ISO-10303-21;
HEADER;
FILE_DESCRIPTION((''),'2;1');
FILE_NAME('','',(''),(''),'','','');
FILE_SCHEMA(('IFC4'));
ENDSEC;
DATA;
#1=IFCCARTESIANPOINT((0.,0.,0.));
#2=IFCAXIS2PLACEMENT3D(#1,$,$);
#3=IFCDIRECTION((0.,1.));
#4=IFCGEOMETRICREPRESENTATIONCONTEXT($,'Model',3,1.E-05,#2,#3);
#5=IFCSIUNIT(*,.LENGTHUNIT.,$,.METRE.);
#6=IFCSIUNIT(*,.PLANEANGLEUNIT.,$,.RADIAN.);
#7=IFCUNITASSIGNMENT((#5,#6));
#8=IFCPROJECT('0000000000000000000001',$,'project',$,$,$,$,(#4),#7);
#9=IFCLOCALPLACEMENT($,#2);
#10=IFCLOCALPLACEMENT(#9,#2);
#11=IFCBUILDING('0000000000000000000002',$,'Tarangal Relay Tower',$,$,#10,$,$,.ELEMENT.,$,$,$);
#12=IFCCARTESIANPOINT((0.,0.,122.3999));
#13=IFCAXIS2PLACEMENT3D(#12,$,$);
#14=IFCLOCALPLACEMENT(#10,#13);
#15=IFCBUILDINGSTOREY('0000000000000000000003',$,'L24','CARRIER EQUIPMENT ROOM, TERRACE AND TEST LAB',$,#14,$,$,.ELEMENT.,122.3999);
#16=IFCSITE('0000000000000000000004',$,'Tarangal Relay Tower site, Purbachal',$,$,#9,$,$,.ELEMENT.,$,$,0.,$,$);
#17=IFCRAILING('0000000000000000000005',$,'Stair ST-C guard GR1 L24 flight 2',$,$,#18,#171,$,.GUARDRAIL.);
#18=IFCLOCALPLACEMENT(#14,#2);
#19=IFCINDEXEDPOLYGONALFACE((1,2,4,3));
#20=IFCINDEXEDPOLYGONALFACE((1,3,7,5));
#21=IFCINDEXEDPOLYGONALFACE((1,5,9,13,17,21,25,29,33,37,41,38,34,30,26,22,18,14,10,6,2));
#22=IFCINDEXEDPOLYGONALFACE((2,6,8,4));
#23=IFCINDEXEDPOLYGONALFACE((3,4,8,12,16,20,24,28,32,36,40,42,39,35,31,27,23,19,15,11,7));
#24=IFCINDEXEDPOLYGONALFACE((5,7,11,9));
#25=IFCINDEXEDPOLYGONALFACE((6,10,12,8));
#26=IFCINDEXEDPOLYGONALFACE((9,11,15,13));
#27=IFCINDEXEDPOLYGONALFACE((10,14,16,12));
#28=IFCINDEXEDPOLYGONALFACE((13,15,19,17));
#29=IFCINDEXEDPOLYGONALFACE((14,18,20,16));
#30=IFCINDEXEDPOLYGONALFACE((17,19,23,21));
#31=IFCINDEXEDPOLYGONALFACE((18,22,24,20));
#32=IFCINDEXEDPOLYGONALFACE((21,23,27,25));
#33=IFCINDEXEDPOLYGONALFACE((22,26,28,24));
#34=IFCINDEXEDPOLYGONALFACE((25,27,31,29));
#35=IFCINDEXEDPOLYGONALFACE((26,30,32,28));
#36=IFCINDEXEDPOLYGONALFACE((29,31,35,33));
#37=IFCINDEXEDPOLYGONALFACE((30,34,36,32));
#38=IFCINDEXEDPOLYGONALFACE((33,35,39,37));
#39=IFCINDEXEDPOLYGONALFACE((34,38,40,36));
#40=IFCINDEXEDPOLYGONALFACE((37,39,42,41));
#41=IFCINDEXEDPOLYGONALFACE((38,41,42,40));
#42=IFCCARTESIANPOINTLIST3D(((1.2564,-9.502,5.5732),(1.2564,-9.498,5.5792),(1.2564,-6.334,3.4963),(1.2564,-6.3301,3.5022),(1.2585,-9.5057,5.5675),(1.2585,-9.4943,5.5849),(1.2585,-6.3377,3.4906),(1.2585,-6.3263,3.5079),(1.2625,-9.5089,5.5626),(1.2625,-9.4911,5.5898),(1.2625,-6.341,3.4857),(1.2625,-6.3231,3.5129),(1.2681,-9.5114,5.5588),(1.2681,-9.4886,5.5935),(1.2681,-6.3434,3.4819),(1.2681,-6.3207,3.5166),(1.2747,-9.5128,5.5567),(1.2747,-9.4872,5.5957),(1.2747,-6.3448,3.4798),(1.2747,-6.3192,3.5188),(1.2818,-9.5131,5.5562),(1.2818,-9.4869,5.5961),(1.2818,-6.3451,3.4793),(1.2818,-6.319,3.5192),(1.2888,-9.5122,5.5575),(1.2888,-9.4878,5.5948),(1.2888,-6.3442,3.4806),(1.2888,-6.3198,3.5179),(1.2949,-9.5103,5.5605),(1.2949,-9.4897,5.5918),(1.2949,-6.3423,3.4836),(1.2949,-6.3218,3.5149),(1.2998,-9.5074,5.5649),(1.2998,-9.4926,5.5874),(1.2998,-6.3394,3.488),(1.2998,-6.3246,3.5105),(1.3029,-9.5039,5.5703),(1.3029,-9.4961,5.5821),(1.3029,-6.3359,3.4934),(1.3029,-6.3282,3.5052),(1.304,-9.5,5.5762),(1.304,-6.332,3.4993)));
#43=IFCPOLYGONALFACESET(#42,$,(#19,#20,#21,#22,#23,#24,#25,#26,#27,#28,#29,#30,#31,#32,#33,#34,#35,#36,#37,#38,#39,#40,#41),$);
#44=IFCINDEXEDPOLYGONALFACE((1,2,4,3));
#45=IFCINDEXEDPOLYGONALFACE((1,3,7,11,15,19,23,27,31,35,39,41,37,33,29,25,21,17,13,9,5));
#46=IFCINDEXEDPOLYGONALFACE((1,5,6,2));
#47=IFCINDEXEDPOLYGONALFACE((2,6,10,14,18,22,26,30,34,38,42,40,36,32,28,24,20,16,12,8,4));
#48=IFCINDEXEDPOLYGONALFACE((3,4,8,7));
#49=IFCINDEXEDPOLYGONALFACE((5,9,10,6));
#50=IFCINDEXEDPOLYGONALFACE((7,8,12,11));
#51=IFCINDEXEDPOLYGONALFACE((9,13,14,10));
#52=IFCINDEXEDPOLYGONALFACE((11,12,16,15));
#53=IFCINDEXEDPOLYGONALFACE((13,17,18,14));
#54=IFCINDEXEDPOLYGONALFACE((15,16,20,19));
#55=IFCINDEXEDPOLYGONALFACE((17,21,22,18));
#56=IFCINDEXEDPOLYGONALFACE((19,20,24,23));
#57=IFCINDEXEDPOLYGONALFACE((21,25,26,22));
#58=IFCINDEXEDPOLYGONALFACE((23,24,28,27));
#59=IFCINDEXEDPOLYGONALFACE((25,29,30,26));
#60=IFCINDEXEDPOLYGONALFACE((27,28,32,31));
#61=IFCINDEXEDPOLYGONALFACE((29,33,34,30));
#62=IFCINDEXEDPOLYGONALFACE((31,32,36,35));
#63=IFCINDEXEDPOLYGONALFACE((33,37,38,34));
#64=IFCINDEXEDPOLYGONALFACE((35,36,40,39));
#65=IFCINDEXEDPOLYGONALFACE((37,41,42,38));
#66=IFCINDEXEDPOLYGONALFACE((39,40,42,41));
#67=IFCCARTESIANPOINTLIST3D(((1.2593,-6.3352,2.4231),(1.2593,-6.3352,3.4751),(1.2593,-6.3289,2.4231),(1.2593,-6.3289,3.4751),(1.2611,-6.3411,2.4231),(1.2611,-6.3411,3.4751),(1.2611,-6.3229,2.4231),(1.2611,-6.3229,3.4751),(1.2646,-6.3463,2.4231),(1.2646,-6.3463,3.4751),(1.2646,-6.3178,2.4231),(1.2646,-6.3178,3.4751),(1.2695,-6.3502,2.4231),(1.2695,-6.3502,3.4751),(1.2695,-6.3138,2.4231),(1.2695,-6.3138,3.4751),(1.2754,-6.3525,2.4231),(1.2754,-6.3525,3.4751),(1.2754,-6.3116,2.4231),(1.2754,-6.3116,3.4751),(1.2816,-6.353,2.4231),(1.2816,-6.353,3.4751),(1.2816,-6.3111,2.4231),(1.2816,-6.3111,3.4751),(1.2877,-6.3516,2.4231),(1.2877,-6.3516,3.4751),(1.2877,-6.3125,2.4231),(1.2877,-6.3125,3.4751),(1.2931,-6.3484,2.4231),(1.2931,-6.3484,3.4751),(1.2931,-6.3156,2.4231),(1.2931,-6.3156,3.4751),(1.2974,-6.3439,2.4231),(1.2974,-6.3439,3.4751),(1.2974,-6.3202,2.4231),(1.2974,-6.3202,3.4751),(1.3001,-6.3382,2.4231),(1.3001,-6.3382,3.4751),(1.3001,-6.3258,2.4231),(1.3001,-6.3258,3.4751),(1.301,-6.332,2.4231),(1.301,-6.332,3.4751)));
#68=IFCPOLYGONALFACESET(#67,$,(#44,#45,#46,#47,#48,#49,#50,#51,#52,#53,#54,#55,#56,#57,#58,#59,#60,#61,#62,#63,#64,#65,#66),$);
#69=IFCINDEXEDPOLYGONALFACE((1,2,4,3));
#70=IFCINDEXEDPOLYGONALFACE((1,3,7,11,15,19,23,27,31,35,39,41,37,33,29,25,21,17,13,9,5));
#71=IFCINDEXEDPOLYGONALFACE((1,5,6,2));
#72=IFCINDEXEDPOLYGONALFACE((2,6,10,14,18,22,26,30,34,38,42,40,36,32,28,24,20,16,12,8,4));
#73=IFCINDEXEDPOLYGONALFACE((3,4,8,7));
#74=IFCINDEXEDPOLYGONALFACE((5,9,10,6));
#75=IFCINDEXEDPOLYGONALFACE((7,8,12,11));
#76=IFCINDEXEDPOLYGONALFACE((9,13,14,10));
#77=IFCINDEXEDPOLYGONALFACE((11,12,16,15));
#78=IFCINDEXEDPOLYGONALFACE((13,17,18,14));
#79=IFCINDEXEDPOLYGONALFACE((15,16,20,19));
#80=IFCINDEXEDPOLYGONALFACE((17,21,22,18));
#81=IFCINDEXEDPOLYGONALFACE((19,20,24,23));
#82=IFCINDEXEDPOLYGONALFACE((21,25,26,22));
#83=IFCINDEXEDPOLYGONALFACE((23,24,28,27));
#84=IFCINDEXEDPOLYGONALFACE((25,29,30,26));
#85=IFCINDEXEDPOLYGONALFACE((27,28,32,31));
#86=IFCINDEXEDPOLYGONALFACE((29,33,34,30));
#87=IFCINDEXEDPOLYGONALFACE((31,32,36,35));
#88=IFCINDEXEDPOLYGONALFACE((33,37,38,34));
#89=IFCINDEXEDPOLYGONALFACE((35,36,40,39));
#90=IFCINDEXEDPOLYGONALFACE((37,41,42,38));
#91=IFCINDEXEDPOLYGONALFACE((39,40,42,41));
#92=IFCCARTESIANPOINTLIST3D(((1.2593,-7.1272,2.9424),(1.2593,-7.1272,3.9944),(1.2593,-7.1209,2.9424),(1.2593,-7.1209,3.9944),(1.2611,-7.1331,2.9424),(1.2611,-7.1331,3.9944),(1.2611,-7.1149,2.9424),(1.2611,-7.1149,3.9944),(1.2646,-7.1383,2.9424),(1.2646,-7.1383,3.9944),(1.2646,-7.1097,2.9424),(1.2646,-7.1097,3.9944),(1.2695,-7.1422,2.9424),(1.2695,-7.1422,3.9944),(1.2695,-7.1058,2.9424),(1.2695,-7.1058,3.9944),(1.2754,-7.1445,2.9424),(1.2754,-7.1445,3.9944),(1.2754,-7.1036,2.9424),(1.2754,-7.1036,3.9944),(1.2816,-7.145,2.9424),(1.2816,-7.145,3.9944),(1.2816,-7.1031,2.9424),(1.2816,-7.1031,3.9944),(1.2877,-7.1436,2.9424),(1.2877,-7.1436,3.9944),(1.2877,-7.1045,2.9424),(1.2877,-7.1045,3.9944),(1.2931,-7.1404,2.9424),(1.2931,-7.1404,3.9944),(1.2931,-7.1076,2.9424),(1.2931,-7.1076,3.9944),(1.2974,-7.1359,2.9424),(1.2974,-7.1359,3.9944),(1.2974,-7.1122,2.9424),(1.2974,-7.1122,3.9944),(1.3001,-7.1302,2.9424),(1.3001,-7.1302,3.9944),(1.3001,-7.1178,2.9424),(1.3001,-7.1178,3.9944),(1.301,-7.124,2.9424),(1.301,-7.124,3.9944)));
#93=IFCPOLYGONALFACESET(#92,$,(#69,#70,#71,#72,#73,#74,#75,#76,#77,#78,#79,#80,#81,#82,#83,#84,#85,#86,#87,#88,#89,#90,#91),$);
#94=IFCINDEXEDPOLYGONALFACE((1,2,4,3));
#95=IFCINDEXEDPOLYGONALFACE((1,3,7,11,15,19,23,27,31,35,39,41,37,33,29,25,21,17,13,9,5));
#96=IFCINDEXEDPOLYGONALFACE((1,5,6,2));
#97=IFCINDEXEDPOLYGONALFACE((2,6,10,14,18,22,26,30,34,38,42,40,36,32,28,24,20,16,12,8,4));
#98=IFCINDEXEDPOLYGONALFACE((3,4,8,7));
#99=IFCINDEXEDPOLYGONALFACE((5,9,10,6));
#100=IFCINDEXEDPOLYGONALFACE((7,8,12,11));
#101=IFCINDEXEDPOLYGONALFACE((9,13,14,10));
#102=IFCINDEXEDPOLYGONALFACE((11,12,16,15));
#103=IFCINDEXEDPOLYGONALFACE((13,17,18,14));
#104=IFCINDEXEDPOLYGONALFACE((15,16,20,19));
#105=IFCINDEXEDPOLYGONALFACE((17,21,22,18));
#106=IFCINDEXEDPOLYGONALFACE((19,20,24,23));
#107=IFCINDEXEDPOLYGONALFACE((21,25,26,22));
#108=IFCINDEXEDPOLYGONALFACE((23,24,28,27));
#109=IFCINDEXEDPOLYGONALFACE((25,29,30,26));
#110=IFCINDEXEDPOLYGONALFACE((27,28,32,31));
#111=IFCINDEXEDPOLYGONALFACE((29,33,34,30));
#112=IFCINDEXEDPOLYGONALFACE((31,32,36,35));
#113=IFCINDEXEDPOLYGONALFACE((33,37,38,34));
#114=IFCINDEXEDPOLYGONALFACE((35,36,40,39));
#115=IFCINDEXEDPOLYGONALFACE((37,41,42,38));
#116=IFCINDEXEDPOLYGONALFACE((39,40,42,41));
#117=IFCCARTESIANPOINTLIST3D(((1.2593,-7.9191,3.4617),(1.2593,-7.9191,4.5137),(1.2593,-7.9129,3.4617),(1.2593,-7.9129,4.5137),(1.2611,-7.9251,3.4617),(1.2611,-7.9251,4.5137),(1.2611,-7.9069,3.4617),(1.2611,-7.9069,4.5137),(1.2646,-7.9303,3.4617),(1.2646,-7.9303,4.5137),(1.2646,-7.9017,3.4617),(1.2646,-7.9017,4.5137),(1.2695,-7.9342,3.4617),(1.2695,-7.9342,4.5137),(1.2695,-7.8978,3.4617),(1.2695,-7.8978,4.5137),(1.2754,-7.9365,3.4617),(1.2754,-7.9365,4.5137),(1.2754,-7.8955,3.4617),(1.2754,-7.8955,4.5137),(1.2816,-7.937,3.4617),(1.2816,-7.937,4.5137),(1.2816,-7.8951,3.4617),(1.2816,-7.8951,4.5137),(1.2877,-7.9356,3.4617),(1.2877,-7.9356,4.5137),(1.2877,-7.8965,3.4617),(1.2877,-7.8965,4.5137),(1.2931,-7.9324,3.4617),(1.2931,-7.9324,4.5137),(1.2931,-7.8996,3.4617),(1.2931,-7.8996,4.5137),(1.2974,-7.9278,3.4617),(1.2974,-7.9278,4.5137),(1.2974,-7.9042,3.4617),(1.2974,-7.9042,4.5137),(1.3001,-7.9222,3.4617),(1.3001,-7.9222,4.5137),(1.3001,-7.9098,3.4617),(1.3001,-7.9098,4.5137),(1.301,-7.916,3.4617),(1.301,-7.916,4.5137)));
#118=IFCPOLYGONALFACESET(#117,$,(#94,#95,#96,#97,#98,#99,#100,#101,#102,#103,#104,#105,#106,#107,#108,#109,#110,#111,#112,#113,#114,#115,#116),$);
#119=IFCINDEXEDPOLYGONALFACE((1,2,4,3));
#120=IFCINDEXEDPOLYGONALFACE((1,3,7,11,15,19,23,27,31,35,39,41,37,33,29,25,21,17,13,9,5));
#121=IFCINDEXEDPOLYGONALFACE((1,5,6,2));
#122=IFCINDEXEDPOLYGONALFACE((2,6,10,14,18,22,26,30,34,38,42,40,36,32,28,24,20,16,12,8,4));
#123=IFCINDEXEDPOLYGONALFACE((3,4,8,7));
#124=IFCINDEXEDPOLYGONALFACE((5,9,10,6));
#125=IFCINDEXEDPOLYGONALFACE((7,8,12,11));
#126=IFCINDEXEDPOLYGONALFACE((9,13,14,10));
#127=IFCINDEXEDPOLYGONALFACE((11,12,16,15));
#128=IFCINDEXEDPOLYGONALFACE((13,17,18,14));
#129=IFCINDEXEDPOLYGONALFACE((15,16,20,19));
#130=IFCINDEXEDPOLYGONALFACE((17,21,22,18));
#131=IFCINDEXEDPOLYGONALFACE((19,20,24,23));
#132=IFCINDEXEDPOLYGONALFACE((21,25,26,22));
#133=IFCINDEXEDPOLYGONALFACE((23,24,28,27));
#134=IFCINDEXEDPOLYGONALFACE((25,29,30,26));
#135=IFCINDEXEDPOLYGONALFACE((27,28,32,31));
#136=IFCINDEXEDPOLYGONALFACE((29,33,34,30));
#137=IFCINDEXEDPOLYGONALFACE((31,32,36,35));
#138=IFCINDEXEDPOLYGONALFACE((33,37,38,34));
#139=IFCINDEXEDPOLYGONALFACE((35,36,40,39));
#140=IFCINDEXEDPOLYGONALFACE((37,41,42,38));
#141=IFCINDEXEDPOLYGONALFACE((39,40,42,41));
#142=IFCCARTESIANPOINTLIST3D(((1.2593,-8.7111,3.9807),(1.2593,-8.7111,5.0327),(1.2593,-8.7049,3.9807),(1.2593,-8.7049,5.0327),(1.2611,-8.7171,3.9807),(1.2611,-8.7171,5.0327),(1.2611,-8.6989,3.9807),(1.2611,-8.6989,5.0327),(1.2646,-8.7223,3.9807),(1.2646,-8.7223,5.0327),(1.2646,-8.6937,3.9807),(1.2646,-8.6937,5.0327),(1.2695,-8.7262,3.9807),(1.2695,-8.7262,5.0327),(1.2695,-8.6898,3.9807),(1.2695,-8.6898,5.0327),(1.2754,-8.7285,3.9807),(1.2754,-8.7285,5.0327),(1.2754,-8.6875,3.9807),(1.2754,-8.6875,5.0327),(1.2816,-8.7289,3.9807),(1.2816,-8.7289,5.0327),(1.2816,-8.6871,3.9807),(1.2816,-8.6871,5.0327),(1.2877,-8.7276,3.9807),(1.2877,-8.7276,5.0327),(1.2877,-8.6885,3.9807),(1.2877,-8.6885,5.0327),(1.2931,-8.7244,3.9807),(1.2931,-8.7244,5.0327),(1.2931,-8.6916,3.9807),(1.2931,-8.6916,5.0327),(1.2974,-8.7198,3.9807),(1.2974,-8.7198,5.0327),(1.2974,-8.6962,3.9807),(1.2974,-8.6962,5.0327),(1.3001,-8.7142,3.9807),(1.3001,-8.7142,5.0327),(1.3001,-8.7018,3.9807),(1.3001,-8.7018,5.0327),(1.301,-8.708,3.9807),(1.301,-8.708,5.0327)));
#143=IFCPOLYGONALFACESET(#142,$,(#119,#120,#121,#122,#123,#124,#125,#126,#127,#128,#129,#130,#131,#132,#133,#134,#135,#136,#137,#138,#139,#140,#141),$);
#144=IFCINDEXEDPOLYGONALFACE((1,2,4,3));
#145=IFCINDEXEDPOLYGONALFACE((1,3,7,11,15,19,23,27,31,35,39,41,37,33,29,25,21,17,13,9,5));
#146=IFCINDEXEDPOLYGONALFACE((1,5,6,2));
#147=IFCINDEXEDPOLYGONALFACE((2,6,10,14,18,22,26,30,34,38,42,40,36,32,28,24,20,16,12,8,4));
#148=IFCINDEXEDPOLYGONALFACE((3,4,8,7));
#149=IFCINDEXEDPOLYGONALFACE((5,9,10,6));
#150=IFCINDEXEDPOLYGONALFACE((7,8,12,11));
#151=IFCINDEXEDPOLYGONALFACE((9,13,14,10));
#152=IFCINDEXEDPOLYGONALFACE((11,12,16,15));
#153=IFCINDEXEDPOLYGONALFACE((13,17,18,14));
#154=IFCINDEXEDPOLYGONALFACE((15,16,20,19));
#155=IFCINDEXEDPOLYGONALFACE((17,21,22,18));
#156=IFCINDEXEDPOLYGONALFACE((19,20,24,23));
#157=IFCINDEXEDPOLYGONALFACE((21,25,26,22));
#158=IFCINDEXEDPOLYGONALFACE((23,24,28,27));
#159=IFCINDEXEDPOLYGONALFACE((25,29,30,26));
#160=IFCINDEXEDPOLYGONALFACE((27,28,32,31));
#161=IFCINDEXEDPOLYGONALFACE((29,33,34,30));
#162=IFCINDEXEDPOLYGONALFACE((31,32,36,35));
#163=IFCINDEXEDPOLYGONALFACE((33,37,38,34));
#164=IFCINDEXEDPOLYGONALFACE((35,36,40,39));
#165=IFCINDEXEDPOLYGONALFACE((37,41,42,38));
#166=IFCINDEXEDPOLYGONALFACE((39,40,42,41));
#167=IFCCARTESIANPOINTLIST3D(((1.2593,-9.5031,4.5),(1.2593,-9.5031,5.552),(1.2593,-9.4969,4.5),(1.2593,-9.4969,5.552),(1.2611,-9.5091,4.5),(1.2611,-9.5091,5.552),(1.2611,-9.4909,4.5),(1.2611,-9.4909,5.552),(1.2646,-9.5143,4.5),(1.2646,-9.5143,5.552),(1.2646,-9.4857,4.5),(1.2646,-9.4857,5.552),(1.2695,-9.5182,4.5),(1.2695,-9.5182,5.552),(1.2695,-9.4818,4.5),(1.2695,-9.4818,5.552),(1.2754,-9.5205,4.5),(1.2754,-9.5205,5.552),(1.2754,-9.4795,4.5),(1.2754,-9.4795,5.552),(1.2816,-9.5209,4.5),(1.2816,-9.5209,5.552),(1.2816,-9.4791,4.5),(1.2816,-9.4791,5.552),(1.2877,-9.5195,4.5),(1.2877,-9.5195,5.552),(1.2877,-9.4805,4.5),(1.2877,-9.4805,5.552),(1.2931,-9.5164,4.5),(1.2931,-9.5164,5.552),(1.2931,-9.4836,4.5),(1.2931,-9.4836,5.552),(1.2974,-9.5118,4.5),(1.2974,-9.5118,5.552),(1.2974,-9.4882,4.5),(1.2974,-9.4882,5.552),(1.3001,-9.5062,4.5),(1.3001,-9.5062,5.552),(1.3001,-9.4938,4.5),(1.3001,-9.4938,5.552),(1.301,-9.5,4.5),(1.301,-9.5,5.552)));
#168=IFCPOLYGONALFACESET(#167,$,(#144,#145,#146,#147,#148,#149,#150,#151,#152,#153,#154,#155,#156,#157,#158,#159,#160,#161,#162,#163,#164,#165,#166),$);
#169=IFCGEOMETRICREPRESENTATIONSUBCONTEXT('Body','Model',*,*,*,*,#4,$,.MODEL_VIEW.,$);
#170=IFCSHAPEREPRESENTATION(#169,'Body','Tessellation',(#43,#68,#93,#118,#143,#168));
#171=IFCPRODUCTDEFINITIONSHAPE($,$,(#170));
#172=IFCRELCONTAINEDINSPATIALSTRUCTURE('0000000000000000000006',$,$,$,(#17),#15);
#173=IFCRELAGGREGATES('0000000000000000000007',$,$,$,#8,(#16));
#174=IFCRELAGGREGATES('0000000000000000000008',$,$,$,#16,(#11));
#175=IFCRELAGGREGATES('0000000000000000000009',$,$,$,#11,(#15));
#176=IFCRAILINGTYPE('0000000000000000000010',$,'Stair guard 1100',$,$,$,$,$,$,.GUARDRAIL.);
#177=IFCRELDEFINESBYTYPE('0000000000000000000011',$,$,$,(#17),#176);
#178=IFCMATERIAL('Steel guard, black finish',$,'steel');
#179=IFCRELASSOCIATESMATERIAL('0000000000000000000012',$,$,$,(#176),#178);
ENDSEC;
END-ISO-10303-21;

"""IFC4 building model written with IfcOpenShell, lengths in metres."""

from ifc_helpers import new_model, si_unit, direction, frame, origin, origin_2d, place, context, subcontext, project, spatial, circle, extrude, material, type_object, element, save


model = new_model("IFC4")

# Units and contexts
model_context = context("Model", 3, precision=1e-05, world=origin(), true_north=direction((0.0, 1.0)))
body_context = subcontext(model_context, "Body", "Model", "MODEL_VIEW")
ifc_project = project(units=[si_unit("LENGTHUNIT", "METRE"), si_unit("PLANEANGLEUNIT", "RADIAN")], contexts=[model_context])

# Site, building, storey
site_placement = place(None, origin())
site = spatial("IfcSite", under=ifc_project, at=site_placement, Name="Tarangal Relay Tower site, Purbachal", CompositionType="ELEMENT", RefElevation=0.0)
building_placement = place(site_placement, origin())
building = spatial("IfcBuilding", under=site, at=building_placement, Name="Tarangal Relay Tower", CompositionType="ELEMENT")
storey_placement = place(building_placement, frame((0.0, 0.0, 122.3999)))
storey = spatial("IfcBuildingStorey", under=building, at=storey_placement, Name="L24", Description="CARRIER EQUIPMENT ROOM, TERRACE AND TEST LAB", CompositionType="ELEMENT", Elevation=122.3999)

# Railing
ifc_material_1 = material(Name="Steel guard, black finish", Category="steel")
railing_type_1 = type_object("IfcRailingType", Name="Stair guard 1100", PredefinedType="GUARDRAIL", material=ifc_material_1)
railing_1_placement = place(storey_placement, frame((1.28, -6.332, 2.4231)))
element("IfcRailing", 1, at=railing_1_placement, inside=storey, type_object=railing_type_1, Name="Stair ST-C guard GR1 L24 flight 2", PredefinedType="GUARDRAIL", context=body_context, shape_type="SweptSolid", body=[
    extrude(circle(Radius=0.0239, at=origin_2d()), frame((0.0, 0.0, 1.0762), z_axis=(0.0, -0.836299, 0.548273), x_axis=(1.0, 0.0, 0.0)), (0.0, 0.0, 1.0), 3.7881),
    extrude(circle(Radius=0.021, at=origin_2d()), origin(), (0.0, 0.0, 1.0), 1.052),
    extrude(circle(Radius=0.021, at=origin_2d()), frame((0.0, -0.792, 0.5193)), (0.0, 0.0, 1.0), 1.052),
    extrude(circle(Radius=0.021, at=origin_2d()), frame((0.0, -1.584, 1.0386)), (0.0, 0.0, 1.0), 1.052),
    extrude(circle(Radius=0.021, at=origin_2d()), frame((0.0, -2.376, 1.5576)), (0.0, 0.0, 1.0), 1.052),
    extrude(circle(Radius=0.021, at=origin_2d()), frame((0.0, -3.168, 2.0769)), (0.0, 0.0, 1.0), 1.052),
])

save(model, "model.ifc")
